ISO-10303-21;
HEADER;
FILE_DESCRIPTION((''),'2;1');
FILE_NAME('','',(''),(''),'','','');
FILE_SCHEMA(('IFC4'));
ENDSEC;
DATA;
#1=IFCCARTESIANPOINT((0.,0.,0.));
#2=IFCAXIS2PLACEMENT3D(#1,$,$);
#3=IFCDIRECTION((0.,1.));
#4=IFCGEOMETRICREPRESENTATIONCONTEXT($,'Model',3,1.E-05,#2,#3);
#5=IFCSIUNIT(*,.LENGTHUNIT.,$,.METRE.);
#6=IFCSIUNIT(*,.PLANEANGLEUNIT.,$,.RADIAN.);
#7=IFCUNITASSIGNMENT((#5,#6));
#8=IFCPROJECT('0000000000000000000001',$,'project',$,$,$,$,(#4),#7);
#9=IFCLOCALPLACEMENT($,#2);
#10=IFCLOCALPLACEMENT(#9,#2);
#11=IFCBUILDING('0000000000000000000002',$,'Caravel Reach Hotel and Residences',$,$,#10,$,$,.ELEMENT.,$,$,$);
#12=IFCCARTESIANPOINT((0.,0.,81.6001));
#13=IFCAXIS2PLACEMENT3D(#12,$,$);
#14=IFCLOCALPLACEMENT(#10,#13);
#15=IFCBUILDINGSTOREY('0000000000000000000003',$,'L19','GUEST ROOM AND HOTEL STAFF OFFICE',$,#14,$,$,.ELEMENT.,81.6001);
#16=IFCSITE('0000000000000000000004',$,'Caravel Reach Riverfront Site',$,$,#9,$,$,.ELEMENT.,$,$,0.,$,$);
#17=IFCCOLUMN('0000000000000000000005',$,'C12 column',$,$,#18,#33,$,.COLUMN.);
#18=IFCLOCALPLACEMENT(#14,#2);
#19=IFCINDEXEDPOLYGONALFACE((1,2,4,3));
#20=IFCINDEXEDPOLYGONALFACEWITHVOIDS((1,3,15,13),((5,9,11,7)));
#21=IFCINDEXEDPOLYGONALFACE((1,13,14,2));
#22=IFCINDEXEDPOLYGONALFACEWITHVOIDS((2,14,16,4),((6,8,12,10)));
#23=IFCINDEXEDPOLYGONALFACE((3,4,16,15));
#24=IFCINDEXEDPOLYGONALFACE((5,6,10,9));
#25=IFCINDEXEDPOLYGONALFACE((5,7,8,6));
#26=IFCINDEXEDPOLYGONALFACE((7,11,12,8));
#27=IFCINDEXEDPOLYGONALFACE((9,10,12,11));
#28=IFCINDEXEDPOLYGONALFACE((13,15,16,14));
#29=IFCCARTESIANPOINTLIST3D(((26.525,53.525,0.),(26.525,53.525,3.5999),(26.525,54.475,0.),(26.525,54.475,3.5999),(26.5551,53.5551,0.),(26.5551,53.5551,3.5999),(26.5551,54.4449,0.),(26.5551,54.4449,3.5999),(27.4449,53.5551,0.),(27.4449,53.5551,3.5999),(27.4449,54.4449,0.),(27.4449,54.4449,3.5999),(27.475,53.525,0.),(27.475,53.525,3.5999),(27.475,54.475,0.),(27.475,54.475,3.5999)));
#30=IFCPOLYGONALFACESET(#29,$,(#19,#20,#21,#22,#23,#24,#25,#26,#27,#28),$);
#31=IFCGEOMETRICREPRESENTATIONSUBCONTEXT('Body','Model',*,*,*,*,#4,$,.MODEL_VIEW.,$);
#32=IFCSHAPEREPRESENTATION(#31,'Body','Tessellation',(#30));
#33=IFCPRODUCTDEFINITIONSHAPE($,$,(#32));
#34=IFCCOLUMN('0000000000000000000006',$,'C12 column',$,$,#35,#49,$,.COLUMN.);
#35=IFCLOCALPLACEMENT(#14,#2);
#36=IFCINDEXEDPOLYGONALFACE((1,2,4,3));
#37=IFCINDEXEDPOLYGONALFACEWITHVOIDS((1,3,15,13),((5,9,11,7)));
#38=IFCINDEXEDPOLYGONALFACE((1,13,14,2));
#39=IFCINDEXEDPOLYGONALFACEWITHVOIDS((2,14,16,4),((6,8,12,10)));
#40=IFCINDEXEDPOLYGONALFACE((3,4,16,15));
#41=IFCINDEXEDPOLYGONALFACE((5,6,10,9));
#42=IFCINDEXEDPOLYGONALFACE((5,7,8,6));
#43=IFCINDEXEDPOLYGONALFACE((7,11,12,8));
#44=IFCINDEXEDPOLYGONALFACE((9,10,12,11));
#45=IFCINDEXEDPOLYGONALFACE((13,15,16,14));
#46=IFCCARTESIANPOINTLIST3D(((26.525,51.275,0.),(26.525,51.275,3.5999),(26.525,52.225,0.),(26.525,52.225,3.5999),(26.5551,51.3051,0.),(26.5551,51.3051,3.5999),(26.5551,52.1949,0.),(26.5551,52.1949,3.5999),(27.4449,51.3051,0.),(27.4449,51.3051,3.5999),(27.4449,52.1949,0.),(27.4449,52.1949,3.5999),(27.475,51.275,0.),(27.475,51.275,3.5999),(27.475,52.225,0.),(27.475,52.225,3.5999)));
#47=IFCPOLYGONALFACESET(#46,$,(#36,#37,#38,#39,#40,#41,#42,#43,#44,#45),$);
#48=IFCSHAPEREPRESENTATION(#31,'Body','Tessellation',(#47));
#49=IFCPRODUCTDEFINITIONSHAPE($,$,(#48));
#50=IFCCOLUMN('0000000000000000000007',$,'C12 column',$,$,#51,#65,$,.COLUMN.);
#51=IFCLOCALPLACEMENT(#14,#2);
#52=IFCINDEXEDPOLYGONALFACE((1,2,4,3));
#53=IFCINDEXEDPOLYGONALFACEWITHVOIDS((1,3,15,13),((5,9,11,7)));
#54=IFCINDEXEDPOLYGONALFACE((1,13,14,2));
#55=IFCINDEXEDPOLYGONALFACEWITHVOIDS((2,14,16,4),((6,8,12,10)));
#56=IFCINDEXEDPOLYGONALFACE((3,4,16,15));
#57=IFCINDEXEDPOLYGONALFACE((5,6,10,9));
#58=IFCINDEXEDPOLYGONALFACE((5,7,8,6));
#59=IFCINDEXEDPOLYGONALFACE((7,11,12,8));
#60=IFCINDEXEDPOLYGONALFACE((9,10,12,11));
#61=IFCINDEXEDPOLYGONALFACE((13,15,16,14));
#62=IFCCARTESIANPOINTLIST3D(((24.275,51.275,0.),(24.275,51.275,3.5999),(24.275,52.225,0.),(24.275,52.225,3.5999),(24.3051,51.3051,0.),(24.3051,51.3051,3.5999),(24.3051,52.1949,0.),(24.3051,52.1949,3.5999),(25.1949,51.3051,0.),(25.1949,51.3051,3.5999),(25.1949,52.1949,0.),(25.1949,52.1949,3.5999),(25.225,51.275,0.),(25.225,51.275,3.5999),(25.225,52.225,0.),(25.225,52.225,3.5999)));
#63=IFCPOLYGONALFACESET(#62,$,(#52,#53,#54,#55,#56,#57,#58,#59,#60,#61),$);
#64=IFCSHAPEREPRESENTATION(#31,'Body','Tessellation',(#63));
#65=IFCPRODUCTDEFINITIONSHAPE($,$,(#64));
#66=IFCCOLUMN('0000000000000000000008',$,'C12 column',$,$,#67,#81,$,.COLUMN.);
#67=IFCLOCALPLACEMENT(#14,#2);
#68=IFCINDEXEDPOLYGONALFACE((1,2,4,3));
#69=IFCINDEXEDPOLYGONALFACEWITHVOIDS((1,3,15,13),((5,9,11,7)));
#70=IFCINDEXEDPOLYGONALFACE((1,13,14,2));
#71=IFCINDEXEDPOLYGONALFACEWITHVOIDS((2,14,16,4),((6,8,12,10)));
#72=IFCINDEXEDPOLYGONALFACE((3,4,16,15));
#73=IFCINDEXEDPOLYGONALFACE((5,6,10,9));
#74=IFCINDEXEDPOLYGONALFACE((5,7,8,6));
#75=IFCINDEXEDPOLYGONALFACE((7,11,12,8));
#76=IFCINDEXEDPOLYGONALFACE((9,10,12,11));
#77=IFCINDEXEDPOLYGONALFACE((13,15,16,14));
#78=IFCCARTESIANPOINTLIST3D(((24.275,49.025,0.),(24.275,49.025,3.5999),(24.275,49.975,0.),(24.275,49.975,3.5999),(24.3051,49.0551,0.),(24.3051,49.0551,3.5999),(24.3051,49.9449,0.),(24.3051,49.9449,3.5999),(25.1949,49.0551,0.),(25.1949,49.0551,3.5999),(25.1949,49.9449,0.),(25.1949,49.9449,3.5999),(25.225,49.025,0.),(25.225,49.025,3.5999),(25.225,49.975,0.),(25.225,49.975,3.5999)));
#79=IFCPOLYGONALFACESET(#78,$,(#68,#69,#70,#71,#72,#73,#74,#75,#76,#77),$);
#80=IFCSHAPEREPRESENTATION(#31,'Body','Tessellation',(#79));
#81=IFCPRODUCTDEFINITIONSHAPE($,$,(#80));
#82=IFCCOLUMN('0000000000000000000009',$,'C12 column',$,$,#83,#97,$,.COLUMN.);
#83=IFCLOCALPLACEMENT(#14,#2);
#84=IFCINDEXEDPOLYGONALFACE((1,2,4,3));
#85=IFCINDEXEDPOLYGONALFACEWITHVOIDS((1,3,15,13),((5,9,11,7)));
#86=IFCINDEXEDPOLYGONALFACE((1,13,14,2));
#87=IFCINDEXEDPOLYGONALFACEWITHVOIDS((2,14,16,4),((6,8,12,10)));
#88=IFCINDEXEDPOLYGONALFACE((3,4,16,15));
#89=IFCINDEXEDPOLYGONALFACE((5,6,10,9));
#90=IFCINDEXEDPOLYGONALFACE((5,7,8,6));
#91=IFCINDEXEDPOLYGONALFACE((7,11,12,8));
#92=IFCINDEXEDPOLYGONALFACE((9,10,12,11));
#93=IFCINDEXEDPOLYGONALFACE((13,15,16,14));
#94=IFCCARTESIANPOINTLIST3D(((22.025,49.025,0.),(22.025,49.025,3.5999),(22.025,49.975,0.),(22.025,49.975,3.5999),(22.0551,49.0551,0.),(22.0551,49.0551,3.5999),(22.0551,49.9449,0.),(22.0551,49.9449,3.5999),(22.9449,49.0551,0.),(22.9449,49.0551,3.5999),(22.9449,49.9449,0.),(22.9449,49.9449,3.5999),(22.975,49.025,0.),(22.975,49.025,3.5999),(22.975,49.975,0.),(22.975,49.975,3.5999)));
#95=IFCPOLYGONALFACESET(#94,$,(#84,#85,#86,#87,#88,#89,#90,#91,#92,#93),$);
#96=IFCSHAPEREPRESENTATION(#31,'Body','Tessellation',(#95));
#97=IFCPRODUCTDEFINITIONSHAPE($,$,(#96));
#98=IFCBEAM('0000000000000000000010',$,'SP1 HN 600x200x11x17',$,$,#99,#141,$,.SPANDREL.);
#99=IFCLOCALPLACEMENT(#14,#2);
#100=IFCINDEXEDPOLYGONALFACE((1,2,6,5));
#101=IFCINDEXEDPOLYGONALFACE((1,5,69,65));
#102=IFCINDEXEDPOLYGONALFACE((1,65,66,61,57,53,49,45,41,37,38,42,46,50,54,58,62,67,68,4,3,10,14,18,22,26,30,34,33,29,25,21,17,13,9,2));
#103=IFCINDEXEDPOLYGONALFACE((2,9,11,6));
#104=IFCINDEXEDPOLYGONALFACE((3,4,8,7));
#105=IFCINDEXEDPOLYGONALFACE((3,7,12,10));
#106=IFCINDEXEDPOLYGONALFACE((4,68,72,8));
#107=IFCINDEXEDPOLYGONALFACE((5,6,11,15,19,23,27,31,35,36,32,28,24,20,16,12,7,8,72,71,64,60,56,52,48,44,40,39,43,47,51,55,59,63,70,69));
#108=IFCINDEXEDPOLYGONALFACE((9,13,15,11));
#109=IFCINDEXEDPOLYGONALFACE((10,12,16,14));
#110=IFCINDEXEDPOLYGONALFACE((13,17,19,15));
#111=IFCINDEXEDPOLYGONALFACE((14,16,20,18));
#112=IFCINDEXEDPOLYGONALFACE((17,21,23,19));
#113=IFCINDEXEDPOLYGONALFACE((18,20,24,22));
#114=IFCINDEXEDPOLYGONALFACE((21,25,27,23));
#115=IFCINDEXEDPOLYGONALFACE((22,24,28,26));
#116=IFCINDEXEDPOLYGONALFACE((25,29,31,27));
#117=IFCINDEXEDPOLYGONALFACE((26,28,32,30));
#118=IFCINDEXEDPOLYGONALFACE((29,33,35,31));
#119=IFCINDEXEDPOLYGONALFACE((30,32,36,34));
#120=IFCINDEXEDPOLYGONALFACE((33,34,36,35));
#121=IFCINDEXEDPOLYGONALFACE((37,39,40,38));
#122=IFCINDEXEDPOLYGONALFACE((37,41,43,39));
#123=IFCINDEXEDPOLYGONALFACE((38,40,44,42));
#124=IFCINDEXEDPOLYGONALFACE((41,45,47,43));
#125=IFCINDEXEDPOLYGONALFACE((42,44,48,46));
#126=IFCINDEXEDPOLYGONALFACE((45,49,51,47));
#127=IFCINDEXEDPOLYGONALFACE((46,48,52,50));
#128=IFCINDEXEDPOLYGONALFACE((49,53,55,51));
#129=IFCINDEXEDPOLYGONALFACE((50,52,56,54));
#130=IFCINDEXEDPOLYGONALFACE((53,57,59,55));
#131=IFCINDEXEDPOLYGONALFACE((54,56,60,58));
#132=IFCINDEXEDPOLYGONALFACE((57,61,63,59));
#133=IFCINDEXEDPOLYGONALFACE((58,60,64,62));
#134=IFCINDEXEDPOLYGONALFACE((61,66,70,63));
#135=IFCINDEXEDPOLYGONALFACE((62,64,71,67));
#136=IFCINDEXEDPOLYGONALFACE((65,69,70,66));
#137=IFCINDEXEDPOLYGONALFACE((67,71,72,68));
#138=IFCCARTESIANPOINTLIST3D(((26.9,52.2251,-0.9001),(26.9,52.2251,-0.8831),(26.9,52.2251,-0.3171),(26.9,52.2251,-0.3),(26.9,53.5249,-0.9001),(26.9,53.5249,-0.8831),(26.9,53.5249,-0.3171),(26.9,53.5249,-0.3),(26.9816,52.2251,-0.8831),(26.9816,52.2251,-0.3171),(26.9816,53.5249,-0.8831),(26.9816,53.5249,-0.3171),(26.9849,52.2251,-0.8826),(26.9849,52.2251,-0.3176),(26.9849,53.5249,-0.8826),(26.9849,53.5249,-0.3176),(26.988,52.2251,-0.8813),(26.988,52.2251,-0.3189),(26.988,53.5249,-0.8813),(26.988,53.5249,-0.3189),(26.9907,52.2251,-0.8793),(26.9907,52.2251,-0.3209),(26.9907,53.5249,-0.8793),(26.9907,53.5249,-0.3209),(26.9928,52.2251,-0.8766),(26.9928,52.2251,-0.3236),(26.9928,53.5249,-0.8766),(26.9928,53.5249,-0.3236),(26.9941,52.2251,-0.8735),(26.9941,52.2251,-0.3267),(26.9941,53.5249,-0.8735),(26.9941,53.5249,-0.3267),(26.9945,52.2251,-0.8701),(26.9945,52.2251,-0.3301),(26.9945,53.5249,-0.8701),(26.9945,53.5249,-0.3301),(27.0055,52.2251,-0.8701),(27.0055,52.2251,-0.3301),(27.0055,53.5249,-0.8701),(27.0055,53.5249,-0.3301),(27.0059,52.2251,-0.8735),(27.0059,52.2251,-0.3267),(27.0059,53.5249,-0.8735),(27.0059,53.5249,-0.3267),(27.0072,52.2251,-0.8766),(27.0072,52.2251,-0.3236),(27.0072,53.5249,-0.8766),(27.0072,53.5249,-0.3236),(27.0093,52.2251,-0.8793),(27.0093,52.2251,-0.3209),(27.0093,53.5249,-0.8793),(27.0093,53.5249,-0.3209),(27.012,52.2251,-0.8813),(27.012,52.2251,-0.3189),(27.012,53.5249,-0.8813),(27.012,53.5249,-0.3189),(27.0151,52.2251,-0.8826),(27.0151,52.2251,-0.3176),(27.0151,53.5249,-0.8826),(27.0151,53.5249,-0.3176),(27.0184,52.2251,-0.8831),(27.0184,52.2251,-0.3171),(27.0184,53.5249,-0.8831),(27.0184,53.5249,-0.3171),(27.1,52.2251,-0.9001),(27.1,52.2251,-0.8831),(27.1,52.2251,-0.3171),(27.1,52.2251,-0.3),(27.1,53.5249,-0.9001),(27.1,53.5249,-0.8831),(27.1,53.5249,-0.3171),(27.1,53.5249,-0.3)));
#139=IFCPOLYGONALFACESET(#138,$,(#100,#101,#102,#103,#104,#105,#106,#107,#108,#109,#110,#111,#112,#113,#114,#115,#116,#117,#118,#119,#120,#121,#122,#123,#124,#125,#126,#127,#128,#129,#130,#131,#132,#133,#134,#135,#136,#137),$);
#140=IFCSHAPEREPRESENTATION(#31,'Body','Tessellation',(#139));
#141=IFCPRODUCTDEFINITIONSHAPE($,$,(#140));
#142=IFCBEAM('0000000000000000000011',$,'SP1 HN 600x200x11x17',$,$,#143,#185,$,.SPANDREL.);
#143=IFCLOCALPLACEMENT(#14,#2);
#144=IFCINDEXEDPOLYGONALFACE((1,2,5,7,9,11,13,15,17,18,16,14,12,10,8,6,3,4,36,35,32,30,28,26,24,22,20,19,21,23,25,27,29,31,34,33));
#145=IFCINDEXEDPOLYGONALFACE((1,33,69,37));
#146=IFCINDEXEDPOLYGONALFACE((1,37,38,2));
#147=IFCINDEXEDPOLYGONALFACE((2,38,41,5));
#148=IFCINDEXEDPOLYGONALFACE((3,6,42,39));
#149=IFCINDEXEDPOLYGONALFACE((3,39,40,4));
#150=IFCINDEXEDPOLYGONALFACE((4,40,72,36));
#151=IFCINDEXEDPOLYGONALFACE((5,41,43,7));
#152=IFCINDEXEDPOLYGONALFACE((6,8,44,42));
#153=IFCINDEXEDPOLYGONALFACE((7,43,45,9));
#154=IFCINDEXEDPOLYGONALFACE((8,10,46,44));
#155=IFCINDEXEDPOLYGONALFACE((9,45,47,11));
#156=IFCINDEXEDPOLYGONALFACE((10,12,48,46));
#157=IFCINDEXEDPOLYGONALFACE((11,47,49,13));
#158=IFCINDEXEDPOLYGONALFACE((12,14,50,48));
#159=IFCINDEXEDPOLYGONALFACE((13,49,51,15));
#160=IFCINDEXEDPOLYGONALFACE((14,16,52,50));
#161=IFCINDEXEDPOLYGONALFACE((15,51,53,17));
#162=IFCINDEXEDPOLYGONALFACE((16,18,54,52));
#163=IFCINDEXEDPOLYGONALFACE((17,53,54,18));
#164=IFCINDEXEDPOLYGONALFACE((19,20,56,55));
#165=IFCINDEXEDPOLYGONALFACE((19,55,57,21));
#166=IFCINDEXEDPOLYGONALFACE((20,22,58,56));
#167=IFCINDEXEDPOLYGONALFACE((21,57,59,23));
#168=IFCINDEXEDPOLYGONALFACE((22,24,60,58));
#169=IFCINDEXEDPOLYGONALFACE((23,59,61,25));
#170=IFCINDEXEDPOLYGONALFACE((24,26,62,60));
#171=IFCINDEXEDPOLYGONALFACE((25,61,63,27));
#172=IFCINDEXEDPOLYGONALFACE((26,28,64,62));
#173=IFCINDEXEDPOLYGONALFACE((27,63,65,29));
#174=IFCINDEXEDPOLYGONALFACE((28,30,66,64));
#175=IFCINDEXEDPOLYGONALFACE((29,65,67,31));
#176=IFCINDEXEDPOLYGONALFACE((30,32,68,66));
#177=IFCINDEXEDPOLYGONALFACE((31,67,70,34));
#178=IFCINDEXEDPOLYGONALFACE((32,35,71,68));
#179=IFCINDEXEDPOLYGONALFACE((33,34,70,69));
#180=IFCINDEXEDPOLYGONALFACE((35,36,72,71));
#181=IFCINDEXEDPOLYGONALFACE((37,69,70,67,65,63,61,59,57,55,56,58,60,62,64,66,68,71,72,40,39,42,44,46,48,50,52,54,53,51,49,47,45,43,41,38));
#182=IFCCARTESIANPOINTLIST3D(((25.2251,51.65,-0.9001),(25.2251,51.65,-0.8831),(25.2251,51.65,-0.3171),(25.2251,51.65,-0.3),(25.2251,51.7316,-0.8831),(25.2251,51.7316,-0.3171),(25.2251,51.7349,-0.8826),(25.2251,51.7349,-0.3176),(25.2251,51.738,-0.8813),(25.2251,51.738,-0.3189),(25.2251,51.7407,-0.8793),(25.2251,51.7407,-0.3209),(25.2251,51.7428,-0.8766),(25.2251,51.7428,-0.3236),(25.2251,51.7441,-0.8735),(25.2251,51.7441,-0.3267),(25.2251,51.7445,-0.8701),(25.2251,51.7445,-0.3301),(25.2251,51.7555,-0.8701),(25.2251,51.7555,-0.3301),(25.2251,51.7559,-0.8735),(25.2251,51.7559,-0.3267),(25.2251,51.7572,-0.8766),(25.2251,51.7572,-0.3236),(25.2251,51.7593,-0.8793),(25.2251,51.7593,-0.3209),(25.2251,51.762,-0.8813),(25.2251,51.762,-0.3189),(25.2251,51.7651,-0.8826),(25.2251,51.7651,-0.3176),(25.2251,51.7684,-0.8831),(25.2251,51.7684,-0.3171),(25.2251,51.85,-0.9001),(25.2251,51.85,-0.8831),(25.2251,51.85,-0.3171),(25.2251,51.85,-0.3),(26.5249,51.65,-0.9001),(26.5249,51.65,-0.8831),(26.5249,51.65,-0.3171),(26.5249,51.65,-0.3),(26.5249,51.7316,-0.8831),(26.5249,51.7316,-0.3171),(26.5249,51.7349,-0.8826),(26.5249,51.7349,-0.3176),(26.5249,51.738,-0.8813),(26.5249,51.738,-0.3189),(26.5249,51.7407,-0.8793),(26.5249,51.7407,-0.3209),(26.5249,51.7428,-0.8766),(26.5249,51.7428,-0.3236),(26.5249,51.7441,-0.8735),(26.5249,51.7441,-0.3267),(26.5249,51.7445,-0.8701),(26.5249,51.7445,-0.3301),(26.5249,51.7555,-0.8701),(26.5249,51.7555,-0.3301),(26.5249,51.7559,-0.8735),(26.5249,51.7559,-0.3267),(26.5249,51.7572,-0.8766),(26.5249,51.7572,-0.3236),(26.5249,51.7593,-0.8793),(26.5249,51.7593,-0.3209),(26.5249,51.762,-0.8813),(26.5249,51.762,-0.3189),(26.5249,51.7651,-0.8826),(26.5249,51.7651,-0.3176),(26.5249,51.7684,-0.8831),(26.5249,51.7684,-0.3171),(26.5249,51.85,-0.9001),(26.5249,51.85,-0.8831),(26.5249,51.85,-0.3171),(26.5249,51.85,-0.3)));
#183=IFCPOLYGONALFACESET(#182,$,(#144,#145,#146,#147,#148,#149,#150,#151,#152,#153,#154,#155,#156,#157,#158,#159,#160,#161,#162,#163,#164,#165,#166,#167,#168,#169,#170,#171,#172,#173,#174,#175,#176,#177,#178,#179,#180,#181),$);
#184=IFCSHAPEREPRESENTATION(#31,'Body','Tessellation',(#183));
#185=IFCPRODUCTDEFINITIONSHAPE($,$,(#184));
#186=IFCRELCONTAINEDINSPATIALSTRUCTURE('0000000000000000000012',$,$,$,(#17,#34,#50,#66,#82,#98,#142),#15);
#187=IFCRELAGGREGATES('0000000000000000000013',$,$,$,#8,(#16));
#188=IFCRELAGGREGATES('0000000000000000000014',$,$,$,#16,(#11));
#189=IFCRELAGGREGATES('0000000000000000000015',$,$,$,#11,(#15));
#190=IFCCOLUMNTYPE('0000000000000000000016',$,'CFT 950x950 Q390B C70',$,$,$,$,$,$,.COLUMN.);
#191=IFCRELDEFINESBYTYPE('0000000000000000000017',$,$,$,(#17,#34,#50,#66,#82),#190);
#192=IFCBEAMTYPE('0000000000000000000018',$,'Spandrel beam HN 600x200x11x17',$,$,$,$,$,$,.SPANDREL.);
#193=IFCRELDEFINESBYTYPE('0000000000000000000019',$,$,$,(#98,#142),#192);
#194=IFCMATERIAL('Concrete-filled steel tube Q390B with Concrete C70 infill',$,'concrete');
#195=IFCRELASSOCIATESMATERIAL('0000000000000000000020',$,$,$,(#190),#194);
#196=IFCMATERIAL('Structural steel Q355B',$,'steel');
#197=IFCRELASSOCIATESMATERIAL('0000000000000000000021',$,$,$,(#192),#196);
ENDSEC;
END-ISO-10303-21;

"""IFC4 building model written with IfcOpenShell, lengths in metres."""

from ifc_helpers import new_model, si_unit, direction, frame, origin, origin_2d, place, context, subcontext, project, spatial, hollow_rectangle, i_section, extrude, material, material_profile, profile_set, type_object, element, save


model = new_model("IFC4")

# Units and contexts
model_context = context("Model", 3, precision=1e-05, world=origin(), true_north=direction((0.0, 1.0)))
body_context = subcontext(model_context, "Body", "Model", "MODEL_VIEW")
ifc_project = project(units=[si_unit("LENGTHUNIT", "METRE"), si_unit("PLANEANGLEUNIT", "RADIAN")], contexts=[model_context])

# Site, building, storey
site_placement = place(None, origin())
site = spatial("IfcSite", under=ifc_project, at=site_placement, Name="Caravel Reach Riverfront Site", CompositionType="ELEMENT", RefElevation=0.0)
building_placement = place(site_placement, origin())
building = spatial("IfcBuilding", under=site, at=building_placement, Name="Caravel Reach Hotel and Residences", CompositionType="ELEMENT")
storey_placement = place(building_placement, frame((0.0, 0.0, 81.6001)))
storey = spatial("IfcBuildingStorey", under=building, at=storey_placement, Name="L19", Description="GUEST ROOM AND HOTEL STAFF OFFICE", CompositionType="ELEMENT", Elevation=81.6001)

# Columns
ifc_material_1 = material(Name="Concrete-filled steel tube Q390B with Concrete C70 infill", Category="concrete")
ifc_material_profile_1 = material_profile(ifc_material_1, hollow_rectangle(XDim=0.95, YDim=0.95, WallThickness=0.03, at=origin_2d()), Name="RHS 950x950x30")
ifc_profile_set_1 = profile_set([ifc_material_profile_1], Name="Concrete-filled steel tube Q390B with Concrete C70 infill")
column_type = type_object("IfcColumnType", Name="CFT 950x950 Q390B C70", PredefinedType="COLUMN", material=ifc_profile_set_1)
for number, where, z_axis, x_axis, name in (
    (1, (27.0, 54.0, 0.0), (0.0, 0.0, 1.0), (1.0, 0.0, 0.0), "C12 column"),
    (2, (27.0, 51.75, 0.0), (0.0, 0.0, 1.0), (1.0, 0.0, 0.0), "C12 column"),
    (3, (24.75, 51.75, 0.0), (0.0, 0.0, 1.0), (1.0, 0.0, 0.0), "C12 column"),
    (4, (24.75, 49.5, 0.0), (0.0, 0.0, 1.0), (1.0, 0.0, 0.0), "C12 column"),
    (5, (22.5, 49.5, 0.0), (0.0, 0.0, 1.0), (1.0, 0.0, 0.0), "C12 column"),
):
    element("IfcColumn", number, at=place(storey_placement, frame(where, z_axis=z_axis, x_axis=x_axis)), inside=storey, type_object=column_type, Name=name, PredefinedType="COLUMN", context=body_context, shape_type="SweptSolid", body=[
        extrude(hollow_rectangle(XDim=0.95, YDim=0.95, WallThickness=0.03, at=origin_2d()), origin(), (0.0, 0.0, 1.0), 3.5999),
    ])

# Beams
ifc_material_2 = material(Name="Structural steel Q355B", Category="steel")
ifc_material_profile_2 = material_profile(ifc_material_2, i_section(OverallWidth=0.2, OverallDepth=0.6001, WebThickness=0.011, FlangeThickness=0.0171, FilletRadius=0.0129, at=origin_2d()), Name="HN 600x200x11x17")
ifc_profile_set_2 = profile_set([ifc_material_profile_2], Name="Structural steel Q355B")
beam_type = type_object("IfcBeamType", Name="Spandrel beam HN 600x200x11x17", PredefinedType="SPANDREL", material=ifc_profile_set_2)
for number, where, z_axis, x_axis, name in (
    (6, (27.0, 53.5249, -0.6001), (0.0, -1.0, 0.0), (1.0, 0.0, 0.0), "SP1 HN 600x200x11x17"),
    (7, (26.5249, 51.75, -0.6001), (-1.0, 0.0, 0.0), (0.0, -1.0, 0.0), "SP1 HN 600x200x11x17"),
):
    element("IfcBeam", number, at=place(storey_placement, frame(where, z_axis=z_axis, x_axis=x_axis)), inside=storey, type_object=beam_type, Name=name, PredefinedType="SPANDREL", context=body_context, shape_type="SweptSolid", body=[
        extrude(i_section(OverallWidth=0.2, OverallDepth=0.6001, WebThickness=0.011, FlangeThickness=0.0171, FilletRadius=0.0129, at=origin_2d()), origin(), (0.0, 0.0, 1.0), 1.2998),
    ])

save(model, "model.ifc")
